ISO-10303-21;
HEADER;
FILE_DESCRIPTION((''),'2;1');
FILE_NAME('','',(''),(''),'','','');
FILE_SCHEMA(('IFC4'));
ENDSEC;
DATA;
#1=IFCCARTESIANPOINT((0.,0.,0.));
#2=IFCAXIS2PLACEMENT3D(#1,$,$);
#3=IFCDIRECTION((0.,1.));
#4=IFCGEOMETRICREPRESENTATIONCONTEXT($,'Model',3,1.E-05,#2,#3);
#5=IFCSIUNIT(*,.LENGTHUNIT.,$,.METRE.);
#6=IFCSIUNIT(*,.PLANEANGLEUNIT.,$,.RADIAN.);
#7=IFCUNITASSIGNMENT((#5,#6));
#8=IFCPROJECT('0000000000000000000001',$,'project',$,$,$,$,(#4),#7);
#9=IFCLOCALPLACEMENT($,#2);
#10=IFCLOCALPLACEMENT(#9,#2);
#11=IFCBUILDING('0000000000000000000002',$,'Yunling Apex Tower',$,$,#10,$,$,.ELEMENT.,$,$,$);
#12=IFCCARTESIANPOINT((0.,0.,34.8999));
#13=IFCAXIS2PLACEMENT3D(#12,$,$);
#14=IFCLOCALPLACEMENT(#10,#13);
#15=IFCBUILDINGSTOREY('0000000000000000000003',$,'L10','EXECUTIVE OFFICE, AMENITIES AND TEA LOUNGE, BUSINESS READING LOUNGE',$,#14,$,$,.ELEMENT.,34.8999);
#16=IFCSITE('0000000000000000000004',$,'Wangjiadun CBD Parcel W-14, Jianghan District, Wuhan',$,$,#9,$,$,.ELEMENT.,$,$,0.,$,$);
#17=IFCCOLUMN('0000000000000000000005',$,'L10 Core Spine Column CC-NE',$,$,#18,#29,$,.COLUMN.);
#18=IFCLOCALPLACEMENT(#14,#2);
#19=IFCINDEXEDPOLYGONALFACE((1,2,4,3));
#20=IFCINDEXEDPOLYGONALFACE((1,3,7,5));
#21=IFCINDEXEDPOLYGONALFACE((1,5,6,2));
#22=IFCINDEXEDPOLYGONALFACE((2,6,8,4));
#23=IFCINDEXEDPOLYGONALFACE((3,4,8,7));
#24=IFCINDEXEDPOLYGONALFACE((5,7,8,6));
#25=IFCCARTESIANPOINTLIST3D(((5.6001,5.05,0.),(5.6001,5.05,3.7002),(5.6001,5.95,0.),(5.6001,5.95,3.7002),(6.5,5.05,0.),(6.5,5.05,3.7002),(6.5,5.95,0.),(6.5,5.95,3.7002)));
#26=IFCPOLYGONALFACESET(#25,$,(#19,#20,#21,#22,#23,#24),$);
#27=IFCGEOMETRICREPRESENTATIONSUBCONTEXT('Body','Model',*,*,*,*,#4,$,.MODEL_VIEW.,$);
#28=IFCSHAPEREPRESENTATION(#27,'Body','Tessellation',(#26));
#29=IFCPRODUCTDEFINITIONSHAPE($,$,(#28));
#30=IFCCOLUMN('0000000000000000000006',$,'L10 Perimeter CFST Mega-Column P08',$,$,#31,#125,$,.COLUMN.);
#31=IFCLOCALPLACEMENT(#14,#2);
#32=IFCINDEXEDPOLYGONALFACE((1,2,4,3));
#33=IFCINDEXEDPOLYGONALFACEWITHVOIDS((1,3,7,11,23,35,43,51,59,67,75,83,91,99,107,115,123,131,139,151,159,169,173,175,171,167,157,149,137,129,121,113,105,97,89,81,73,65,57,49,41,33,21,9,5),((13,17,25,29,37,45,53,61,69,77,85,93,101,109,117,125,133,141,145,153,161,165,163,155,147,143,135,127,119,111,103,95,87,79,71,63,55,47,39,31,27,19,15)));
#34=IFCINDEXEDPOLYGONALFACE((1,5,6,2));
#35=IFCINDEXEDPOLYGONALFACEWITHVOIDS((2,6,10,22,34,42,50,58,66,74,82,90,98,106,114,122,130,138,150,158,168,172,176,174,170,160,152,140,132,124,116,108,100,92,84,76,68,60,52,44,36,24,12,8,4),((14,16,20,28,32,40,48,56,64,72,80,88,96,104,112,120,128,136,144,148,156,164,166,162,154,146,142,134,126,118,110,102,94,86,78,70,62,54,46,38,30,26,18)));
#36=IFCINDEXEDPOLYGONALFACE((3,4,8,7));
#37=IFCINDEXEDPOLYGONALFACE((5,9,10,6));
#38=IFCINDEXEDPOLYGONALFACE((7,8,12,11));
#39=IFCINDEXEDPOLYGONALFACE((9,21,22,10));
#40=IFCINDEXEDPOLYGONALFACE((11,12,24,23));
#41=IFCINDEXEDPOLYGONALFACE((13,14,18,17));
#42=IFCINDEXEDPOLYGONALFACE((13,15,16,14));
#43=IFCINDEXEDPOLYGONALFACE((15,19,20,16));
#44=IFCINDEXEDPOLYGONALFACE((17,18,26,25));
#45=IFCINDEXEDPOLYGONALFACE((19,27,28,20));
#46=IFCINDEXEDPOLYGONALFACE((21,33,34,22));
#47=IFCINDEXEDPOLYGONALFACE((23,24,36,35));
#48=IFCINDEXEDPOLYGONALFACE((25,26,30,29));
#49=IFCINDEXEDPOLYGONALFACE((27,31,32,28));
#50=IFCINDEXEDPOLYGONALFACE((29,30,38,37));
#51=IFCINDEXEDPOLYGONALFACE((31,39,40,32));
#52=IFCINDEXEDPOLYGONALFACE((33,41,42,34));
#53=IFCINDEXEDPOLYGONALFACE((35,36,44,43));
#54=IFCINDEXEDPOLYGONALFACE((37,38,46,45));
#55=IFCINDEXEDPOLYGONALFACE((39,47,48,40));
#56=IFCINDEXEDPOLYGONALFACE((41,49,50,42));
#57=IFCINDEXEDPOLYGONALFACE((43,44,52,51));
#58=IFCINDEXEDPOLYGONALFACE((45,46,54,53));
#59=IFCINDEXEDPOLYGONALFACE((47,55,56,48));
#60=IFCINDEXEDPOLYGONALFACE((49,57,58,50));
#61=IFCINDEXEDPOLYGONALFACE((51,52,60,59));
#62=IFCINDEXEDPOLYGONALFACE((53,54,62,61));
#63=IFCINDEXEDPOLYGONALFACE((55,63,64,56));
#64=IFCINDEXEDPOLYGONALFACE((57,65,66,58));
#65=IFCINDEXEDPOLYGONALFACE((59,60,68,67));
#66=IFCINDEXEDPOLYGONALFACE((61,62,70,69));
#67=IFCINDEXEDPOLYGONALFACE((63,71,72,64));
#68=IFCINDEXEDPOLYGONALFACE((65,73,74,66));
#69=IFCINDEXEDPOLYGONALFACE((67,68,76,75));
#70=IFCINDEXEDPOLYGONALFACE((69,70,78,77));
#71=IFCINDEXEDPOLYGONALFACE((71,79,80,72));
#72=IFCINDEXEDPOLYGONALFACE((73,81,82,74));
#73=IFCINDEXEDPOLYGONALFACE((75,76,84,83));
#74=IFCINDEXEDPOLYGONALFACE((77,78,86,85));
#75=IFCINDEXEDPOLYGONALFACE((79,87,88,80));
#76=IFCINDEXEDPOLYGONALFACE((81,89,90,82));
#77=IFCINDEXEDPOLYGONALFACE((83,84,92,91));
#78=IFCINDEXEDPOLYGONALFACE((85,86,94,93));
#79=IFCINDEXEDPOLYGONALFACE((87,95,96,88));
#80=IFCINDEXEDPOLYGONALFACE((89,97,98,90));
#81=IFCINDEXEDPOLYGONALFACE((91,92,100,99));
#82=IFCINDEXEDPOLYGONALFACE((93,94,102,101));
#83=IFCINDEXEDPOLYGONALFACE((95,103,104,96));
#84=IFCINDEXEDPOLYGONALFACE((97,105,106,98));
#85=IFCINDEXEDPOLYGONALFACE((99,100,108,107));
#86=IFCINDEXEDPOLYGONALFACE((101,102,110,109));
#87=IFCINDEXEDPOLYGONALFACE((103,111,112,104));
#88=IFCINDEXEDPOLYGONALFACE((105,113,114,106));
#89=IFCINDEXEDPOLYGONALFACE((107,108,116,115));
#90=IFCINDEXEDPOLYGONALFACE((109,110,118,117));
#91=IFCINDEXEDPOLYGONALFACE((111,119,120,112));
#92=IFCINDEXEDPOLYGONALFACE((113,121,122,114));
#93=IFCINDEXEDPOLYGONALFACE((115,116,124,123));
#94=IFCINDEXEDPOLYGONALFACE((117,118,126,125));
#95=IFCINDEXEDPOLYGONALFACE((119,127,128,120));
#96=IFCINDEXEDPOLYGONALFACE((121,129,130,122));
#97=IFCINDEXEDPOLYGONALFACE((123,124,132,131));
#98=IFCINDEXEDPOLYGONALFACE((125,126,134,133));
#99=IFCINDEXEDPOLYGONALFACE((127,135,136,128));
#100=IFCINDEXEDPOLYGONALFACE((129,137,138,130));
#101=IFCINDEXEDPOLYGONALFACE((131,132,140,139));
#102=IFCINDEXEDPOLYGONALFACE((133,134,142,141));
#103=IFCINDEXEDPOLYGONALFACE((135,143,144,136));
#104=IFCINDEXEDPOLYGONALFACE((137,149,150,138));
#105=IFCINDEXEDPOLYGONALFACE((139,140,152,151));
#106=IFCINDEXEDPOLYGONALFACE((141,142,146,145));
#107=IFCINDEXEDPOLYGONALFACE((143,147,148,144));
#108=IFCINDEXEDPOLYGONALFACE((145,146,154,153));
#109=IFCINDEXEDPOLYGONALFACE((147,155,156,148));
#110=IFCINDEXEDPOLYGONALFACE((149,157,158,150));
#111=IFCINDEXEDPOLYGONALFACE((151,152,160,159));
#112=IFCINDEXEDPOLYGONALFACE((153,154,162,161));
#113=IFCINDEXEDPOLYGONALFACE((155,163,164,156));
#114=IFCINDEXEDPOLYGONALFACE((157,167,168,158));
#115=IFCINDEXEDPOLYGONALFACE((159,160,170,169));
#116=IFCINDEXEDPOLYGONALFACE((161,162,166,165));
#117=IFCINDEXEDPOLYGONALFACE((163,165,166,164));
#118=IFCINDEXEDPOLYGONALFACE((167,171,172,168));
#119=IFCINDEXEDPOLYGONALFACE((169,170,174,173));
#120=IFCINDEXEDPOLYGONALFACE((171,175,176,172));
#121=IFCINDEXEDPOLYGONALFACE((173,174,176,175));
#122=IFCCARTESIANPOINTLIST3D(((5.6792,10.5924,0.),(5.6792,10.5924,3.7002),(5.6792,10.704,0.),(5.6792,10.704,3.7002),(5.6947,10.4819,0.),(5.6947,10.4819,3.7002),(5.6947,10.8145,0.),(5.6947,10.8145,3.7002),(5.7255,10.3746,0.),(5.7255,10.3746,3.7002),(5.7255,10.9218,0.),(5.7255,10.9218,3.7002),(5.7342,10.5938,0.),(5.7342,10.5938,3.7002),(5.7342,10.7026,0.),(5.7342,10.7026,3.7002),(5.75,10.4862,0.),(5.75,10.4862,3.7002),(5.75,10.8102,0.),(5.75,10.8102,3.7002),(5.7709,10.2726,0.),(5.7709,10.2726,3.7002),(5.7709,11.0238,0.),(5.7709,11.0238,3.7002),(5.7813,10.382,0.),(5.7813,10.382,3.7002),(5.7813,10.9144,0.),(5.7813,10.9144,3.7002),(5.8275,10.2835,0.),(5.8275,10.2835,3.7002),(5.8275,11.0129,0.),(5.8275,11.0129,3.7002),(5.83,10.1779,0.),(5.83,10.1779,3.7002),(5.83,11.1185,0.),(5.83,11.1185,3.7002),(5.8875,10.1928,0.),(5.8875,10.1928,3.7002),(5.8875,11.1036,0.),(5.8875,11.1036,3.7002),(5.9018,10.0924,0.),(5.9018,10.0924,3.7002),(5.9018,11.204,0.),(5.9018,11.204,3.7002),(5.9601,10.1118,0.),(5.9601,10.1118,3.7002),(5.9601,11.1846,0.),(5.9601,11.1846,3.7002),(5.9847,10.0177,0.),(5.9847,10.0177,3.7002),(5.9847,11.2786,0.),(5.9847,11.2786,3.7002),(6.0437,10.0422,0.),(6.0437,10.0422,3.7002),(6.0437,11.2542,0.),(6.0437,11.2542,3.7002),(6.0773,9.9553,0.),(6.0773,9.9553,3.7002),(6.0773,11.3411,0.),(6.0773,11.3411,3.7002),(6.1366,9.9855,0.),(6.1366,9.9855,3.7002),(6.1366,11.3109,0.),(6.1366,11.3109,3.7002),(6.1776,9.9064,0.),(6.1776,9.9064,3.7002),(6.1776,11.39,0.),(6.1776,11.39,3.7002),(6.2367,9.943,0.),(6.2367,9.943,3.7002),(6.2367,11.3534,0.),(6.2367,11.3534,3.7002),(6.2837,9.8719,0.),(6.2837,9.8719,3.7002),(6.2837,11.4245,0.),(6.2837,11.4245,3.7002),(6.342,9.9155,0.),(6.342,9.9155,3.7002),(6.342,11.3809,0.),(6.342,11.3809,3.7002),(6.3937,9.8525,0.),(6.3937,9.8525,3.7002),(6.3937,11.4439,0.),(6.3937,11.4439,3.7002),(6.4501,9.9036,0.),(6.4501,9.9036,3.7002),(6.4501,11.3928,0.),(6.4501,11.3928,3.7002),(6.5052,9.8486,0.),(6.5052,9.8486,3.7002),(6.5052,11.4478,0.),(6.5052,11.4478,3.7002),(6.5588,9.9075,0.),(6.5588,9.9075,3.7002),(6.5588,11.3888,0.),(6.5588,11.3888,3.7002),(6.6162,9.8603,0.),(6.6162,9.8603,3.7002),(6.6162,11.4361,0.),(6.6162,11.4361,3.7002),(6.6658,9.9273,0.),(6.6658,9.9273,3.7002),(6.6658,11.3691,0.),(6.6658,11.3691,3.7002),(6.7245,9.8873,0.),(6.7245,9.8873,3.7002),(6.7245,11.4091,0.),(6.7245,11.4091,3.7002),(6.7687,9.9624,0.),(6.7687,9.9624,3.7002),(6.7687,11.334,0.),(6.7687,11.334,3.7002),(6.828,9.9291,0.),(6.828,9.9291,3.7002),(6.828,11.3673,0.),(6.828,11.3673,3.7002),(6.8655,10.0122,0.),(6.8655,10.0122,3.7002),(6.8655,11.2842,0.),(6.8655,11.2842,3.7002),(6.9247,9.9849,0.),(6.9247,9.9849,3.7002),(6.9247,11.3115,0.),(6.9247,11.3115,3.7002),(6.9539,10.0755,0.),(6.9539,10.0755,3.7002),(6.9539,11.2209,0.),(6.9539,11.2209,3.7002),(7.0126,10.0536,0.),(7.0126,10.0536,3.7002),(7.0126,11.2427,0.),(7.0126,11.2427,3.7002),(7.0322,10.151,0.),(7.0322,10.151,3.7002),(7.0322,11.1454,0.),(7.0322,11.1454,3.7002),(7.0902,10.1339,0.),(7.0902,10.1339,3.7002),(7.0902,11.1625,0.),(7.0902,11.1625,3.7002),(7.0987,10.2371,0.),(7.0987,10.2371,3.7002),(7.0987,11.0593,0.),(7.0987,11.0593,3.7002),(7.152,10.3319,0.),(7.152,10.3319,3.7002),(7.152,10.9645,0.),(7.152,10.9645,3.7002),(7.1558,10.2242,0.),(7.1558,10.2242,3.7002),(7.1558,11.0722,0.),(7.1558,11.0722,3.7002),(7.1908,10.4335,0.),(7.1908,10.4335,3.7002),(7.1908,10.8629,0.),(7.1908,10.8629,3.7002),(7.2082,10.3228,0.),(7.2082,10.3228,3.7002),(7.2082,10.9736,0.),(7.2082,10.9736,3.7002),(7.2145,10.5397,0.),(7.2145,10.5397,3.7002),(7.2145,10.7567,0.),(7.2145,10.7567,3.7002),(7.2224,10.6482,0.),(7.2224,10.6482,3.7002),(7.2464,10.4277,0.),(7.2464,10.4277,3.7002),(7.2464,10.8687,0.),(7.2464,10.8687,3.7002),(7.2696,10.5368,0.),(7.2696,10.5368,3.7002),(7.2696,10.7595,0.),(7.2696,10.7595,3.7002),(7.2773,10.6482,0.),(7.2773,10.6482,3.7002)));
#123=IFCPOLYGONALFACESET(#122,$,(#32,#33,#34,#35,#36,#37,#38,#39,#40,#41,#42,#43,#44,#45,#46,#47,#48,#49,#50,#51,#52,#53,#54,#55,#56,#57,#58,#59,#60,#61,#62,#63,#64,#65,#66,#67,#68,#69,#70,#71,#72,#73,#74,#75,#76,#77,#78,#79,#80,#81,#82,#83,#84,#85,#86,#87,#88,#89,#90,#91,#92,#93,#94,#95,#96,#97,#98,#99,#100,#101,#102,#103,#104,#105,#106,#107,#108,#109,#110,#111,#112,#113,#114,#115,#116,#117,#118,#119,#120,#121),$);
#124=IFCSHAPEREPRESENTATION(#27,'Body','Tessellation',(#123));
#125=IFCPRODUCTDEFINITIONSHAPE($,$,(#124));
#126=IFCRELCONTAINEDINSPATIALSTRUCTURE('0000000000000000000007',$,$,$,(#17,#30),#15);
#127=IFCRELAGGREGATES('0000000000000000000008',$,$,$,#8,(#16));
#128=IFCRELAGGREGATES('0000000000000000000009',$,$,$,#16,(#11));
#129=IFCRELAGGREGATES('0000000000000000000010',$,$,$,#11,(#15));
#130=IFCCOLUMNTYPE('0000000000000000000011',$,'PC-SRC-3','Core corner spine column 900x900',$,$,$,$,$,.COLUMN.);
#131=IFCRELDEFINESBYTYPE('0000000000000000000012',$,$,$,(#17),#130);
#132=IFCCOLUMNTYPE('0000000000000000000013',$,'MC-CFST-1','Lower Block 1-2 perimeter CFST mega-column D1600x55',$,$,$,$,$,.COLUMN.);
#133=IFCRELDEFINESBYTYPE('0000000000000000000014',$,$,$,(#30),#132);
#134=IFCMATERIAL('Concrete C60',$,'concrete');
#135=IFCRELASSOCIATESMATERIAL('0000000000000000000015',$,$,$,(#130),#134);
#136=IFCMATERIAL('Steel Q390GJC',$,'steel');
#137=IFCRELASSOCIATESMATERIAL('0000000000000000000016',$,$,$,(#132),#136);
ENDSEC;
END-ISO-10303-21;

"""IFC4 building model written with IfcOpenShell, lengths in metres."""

from ifc_helpers import new_model, si_unit, direction, frame, origin, origin_2d, place, context, subcontext, project, spatial, rectangle, hollow_circle, extrude, source, transform, mapped, material, material_profile, profile_set, type_object, element, save


model = new_model("IFC4")

# Units and contexts
model_context = context("Model", 3, precision=1e-05, world=origin(), true_north=direction((0.0, 1.0)))
body_context = subcontext(model_context, "Body", "Model", "MODEL_VIEW")
ifc_project = project(units=[si_unit("LENGTHUNIT", "METRE"), si_unit("PLANEANGLEUNIT", "RADIAN")], contexts=[model_context])

# Site, building, storey
site_placement = place(None, origin())
site = spatial("IfcSite", under=ifc_project, at=site_placement, Name="Wangjiadun CBD Parcel W-14, Jianghan District, Wuhan", CompositionType="ELEMENT", RefElevation=0.0)
building_placement = place(site_placement, origin())
building = spatial("IfcBuilding", under=site, at=building_placement, Name="Yunling Apex Tower", CompositionType="ELEMENT")
storey_placement = place(building_placement, frame((0.0, 0.0, 34.8999)))
storey = spatial("IfcBuildingStorey", under=building, at=storey_placement, Name="L10", Description="EXECUTIVE OFFICE, AMENITIES AND TEA LOUNGE, BUSINESS READING LOUNGE", CompositionType="ELEMENT", Elevation=34.8999)

# Columns
ifc_material_1 = material(Name="Concrete C60", Category="concrete")
ifc_material_profile_1 = material_profile(ifc_material_1, rectangle(XDim=0.8999, YDim=0.8999, at=origin_2d()))
ifc_profile_set_1 = profile_set([ifc_material_profile_1], Name="Concrete C60")
column_type_1 = type_object("IfcColumnType", Name="PC-SRC-3", Description="Core corner spine column 900x900", PredefinedType="COLUMN", material=ifc_profile_set_1)
shared_shape_1 = source(origin(), body_context, "Body", "SweptSolid", [
    extrude(rectangle(XDim=0.8999, YDim=0.8999, at=origin_2d()), origin(), (0.0, 0.0, 1.0), 3.7002),
])
column_placement = place(storey_placement, frame((6.05, 5.5, 0.0), z_axis=(0.0, 0.0, 1.0), x_axis=(1.0, 0.0, 0.0)))
element("IfcColumn", 1, at=column_placement, inside=storey, type_object=column_type_1, Name="L10 Core Spine Column CC-NE", PredefinedType="COLUMN", context=body_context, shape_type="MappedRepresentation", body=[
    mapped(shared_shape_1, transform((0.0, 0.0, 0.0), scale=1.0)),
])
ifc_material_2 = material(Name="Steel Q390GJC", Category="steel")
ifc_material_profile_2 = material_profile(ifc_material_2, hollow_circle(Radius=0.8, WallThickness=0.0549, at=origin_2d()))
ifc_profile_set_2 = profile_set([ifc_material_profile_2], Name="Steel Q390GJC")
column_type_2 = type_object("IfcColumnType", Name="MC-CFST-1", Description="Lower Block 1-2 perimeter CFST mega-column D1600x55", PredefinedType="COLUMN", material=ifc_profile_set_2)
shared_shape_2 = source(origin(), body_context, "Body", "SweptSolid", [
    extrude(hollow_circle(Radius=0.8, WallThickness=0.0549, at=origin_2d()), origin(), (0.0, 0.0, 1.0), 3.7002),
])
for number, where, z_axis, x_axis, name in (
    (2, (6.4773, 10.6482, 0.0), (0.0, 0.0, 1.0), (1.0, 0.0, 0.0), "L10 Perimeter CFST Mega-Column P08"),
):
    element("IfcColumn", number, at=place(storey_placement, frame(where, z_axis=z_axis, x_axis=x_axis)), inside=storey, type_object=column_type_2, Name=name, PredefinedType="COLUMN", context=body_context, shape_type="MappedRepresentation", body=[
        mapped(shared_shape_2, transform((0.0, 0.0, 0.0), scale=1.0)),
    ])

save(model, "model.ifc")
